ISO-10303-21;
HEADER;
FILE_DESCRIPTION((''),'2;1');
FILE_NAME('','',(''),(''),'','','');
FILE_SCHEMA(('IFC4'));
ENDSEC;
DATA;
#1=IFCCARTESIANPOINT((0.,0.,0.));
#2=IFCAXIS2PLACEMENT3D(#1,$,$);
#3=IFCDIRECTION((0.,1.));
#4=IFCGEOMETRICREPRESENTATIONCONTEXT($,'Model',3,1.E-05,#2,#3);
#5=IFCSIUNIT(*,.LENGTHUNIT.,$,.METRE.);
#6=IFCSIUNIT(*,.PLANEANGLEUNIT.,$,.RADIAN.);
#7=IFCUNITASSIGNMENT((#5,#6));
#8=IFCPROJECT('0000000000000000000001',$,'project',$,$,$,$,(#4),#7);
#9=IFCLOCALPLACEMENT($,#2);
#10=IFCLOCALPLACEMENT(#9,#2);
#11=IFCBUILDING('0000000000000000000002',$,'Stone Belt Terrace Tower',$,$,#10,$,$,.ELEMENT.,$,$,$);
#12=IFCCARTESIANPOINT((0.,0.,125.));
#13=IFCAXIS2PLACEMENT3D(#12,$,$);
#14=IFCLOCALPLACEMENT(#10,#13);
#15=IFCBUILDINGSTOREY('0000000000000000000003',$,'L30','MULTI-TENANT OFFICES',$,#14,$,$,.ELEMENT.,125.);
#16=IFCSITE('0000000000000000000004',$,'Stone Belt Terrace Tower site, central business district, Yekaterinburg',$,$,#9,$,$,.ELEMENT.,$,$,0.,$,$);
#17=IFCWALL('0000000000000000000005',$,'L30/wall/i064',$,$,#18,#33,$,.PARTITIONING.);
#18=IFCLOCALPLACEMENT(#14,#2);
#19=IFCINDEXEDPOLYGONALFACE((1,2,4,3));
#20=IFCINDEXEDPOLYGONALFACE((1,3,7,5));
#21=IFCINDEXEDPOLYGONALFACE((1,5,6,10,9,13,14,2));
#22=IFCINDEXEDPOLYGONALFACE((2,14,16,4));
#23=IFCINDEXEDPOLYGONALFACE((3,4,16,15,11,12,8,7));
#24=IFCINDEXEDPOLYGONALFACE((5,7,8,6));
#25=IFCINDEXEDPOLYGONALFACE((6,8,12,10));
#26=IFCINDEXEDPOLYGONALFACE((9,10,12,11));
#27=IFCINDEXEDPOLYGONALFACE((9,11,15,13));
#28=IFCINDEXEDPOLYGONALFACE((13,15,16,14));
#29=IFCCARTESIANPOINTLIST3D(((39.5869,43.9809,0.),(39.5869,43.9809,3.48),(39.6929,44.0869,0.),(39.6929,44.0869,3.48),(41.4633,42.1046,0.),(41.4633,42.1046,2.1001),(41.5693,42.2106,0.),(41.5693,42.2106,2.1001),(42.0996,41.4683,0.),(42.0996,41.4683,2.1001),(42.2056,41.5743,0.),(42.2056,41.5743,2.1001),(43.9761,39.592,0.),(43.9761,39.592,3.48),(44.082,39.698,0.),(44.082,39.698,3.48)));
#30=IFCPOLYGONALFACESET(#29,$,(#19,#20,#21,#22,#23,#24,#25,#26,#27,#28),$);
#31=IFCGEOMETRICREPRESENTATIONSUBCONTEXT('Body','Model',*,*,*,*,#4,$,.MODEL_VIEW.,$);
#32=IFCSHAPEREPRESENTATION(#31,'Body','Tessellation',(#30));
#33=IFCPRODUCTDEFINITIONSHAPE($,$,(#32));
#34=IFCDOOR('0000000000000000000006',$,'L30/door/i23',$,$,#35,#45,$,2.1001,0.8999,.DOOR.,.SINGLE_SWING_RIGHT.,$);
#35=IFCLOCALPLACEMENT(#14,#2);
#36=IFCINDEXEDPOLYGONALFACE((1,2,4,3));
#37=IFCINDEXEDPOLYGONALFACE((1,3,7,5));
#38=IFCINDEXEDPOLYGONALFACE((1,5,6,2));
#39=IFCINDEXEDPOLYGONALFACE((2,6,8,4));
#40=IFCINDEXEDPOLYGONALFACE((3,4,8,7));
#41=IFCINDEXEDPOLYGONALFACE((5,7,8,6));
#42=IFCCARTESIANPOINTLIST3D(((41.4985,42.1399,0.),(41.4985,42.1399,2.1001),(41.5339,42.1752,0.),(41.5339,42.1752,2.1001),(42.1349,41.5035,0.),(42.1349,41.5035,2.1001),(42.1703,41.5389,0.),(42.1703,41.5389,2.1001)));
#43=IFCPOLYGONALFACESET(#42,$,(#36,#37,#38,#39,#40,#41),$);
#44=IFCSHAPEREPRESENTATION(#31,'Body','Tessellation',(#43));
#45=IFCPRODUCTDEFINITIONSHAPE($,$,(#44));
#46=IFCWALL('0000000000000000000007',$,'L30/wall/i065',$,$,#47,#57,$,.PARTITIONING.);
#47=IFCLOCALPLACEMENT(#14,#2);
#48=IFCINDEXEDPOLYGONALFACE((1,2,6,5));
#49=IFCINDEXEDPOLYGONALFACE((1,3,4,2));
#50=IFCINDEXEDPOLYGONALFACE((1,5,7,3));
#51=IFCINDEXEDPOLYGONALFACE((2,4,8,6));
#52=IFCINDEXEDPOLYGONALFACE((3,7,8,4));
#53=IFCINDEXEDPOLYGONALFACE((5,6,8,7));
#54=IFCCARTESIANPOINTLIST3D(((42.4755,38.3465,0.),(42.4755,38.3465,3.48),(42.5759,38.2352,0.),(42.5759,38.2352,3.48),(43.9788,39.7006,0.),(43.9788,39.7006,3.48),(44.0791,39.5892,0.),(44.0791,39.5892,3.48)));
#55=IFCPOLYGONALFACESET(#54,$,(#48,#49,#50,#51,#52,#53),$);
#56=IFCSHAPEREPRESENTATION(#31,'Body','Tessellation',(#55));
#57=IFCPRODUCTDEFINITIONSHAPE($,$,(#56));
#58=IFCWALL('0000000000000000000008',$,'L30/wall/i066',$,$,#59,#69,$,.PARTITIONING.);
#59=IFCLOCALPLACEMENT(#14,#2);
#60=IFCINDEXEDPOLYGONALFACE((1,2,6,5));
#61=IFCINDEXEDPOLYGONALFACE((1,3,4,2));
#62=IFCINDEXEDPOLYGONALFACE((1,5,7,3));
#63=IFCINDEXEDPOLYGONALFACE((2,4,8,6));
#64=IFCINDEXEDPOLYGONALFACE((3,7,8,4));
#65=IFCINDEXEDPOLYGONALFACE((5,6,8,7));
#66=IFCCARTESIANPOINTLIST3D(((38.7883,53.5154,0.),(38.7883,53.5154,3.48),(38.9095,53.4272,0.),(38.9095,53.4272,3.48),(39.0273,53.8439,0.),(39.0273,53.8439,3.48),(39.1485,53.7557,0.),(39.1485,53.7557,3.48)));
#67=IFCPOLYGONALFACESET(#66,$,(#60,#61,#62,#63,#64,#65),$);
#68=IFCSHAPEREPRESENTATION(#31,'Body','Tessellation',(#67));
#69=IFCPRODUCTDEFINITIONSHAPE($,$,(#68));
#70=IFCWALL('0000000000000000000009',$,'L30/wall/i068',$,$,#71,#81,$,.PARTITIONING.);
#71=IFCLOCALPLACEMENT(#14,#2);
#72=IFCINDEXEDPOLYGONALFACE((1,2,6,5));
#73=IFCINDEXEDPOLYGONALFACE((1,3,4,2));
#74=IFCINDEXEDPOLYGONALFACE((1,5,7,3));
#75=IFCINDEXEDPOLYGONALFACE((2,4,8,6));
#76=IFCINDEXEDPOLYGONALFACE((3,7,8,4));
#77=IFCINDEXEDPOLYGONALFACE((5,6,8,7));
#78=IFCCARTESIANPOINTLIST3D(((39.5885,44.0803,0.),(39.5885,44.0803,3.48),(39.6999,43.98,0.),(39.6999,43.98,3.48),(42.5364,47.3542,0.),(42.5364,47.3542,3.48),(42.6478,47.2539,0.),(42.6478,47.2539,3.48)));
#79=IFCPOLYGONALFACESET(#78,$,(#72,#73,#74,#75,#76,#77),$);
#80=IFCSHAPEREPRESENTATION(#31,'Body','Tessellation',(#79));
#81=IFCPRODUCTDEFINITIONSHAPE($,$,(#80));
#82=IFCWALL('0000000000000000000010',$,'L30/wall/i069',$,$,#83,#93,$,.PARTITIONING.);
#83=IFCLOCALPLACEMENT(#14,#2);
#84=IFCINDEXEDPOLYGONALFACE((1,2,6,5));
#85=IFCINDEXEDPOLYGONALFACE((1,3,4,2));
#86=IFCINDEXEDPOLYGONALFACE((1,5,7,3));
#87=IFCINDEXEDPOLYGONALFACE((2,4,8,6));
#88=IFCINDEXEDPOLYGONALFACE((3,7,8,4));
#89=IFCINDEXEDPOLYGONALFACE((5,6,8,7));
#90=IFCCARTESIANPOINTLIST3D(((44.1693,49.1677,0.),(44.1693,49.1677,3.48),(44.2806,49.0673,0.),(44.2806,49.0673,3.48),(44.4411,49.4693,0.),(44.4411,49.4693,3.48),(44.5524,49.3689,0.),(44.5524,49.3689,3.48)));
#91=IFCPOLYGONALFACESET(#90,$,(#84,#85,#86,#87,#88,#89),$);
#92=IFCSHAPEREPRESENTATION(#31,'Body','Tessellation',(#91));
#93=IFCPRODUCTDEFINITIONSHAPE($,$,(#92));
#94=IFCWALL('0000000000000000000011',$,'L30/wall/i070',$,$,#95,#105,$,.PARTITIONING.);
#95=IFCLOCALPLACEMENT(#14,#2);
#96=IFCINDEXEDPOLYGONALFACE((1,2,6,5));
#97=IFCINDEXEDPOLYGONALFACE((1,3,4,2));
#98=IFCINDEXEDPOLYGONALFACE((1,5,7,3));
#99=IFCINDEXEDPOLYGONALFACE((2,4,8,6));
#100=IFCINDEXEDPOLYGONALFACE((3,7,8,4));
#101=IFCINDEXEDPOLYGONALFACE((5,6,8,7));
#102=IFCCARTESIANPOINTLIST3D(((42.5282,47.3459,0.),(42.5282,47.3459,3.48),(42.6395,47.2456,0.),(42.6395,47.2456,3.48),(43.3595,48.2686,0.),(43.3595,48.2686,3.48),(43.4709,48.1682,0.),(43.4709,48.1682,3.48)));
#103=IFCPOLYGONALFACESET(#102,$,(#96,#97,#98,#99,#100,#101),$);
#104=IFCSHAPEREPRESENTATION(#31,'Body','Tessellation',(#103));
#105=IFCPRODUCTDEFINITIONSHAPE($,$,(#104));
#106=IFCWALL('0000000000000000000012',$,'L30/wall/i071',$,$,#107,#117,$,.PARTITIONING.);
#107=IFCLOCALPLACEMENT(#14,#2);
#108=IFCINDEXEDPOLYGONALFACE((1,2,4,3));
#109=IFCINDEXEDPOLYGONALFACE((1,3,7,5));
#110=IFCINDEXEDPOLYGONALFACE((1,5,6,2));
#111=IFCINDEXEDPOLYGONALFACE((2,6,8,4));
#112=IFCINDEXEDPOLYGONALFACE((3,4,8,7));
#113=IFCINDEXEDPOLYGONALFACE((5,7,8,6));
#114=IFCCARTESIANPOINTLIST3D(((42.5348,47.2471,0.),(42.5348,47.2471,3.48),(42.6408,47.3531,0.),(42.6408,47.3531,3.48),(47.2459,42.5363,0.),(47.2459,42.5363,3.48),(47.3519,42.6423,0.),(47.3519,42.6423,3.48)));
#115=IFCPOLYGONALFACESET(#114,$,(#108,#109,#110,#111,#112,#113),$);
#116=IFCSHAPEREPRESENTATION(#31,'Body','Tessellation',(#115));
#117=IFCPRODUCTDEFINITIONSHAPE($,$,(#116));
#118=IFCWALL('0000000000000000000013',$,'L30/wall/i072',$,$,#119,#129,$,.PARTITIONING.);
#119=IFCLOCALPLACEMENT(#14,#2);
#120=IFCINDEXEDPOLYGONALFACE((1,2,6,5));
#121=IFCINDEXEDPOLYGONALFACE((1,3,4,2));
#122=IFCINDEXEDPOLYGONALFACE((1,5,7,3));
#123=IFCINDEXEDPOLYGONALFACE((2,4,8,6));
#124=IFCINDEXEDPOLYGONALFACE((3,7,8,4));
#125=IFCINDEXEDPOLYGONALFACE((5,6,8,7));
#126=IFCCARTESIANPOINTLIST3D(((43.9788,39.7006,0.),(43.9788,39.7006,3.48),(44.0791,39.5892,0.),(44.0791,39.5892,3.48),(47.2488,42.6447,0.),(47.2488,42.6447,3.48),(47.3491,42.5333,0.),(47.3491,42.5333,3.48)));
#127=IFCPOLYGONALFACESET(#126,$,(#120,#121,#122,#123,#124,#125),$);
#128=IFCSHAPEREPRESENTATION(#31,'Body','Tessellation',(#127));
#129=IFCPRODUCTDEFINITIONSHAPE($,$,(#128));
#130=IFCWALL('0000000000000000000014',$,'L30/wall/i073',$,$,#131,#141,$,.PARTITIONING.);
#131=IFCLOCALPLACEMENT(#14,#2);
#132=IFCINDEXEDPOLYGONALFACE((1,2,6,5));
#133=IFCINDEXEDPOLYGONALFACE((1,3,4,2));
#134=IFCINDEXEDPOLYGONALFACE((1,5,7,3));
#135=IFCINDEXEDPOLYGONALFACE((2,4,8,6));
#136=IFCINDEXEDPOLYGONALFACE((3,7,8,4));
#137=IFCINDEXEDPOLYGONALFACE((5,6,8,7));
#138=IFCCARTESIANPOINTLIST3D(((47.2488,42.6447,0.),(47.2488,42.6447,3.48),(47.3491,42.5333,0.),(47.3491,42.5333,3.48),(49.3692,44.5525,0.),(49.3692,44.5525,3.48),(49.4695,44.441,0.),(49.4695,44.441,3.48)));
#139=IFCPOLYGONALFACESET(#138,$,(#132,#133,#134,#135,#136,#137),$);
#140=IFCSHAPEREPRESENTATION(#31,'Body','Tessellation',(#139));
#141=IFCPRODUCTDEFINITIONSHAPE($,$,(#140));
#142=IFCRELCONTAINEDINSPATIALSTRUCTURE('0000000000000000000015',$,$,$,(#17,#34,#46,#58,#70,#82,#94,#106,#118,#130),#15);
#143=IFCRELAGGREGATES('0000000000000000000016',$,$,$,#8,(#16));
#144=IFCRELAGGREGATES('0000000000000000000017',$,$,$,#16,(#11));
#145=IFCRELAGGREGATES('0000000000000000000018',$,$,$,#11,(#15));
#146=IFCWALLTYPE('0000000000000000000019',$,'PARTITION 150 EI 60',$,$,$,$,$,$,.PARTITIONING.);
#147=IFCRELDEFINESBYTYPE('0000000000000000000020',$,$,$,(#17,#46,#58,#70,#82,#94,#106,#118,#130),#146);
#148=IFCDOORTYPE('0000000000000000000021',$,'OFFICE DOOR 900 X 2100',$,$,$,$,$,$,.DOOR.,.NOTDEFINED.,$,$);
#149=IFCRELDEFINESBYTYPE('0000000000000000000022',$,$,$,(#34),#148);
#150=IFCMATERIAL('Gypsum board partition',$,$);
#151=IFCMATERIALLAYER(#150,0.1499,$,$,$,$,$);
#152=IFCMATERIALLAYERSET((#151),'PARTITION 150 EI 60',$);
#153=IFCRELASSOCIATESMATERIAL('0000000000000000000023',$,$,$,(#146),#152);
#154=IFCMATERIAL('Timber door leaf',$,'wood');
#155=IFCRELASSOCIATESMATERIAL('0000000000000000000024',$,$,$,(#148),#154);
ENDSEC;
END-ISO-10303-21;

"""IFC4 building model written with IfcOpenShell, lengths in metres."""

from ifc_helpers import new_model, si_unit, direction, frame, frame_2d, origin, place, context, subcontext, project, spatial, rectangle, extrude, material, layer, layer_set, type_object, element, fill, save


model = new_model("IFC4")

# Units and contexts
model_context = context("Model", 3, precision=1e-05, world=origin(), true_north=direction((0.0, 1.0)))
body_context = subcontext(model_context, "Body", "Model", "MODEL_VIEW")
ifc_project = project(units=[si_unit("LENGTHUNIT", "METRE"), si_unit("PLANEANGLEUNIT", "RADIAN")], contexts=[model_context])

# Site, building, storey
site_placement = place(None, origin())
site = spatial("IfcSite", under=ifc_project, at=site_placement, Name="Stone Belt Terrace Tower site, central business district, Yekaterinburg", CompositionType="ELEMENT", RefElevation=0.0)
building_placement = place(site_placement, origin())
building = spatial("IfcBuilding", under=site, at=building_placement, Name="Stone Belt Terrace Tower", CompositionType="ELEMENT")
storey_placement = place(building_placement, frame((0.0, 0.0, 125.0)))
storey = spatial("IfcBuildingStorey", under=building, at=storey_placement, Name="L30", Description="MULTI-TENANT OFFICES", CompositionType="ELEMENT", Elevation=125.0)

# Shared definitions
ifc_material_1 = material(Name="Gypsum board partition")
ifc_layer_1 = layer(ifc_material_1, 0.1499)
ifc_layer_set_1 = layer_set([ifc_layer_1], Name="PARTITION 150 EI 60")
wall_type_1 = type_object("IfcWallType", Name="PARTITION 150 EI 60", PredefinedType="PARTITIONING", material=ifc_layer_set_1)

# Wall, opening, door
wall_1_placement = place(storey_placement, frame((39.6399, 44.0339, 0.0), z_axis=(0.0, 0.0, 1.0), x_axis=(0.707126, -0.707087, 0.0)))
wall_1 = element("IfcWall", 1, at=wall_1_placement, inside=storey, type_object=wall_type_1, Name="L30/wall/i064", PredefinedType="PARTITIONING", context=body_context, shape_type="SweptSolid", body=[
    extrude(rectangle(XDim=6.207, YDim=0.1499, at=frame_2d((3.1035, 0.0))), origin(), (0.0, 0.0, 1.0), 3.48),
])
opening_placement = place(wall_1_placement, frame((2.6536, 0.0, 0.0)))
opening = element("IfcOpeningElement", 2, at=opening_placement, cuts=wall_1, PredefinedType="OPENING", context=body_context, shape_type="SweptSolid", body=[
    extrude(rectangle(XDim=0.8999, YDim=2.1001, at=frame_2d((0.45, 1.05))), frame((0.0, 0.085, 0.0), z_axis=(0.0, -1.0, 0.0), x_axis=(1.0, 0.0, 0.0)), (0.0, 0.0, 1.0), 0.1699),
])
ifc_material_2 = material(Name="Timber door leaf", Category="wood")
door_type = type_object("IfcDoorType", Name="OFFICE DOOR 900 X 2100", OperationType="NOTDEFINED", PredefinedType="DOOR", material=ifc_material_2)
door_placement = place(opening_placement, origin())
door = element("IfcDoor", 3, at=door_placement, inside=storey, type_object=door_type, Name="L30/door/i23", OperationType="SINGLE_SWING_RIGHT", OverallHeight=2.1001, OverallWidth=0.8999, PredefinedType="DOOR", context=body_context, shape_type="SweptSolid", body=[
    extrude(rectangle(XDim=0.8999, YDim=2.1001, at=frame_2d((0.45, 1.05))), frame((0.0, 0.0249, 0.0), z_axis=(0.0, -1.0, 0.0), x_axis=(1.0, 0.0, 0.0)), (0.0, 0.0, 1.0), 0.05),
])
fill(opening, door)

# Walls
wall_2_placement = place(storey_placement, frame((44.0291, 39.645, 0.0), z_axis=(0.0, 0.0, 1.0), x_axis=(-0.743012, -0.669278, 0.0)))
element("IfcWall", 4, at=wall_2_placement, inside=storey, type_object=wall_type_1, Name="L30/wall/i065", PredefinedType="PARTITIONING", context=body_context, shape_type="SweptSolid", body=[
    extrude(rectangle(XDim=2.0232, YDim=0.1499, at=frame_2d((1.0117, 0.0))), origin(), (0.0, 0.0, 1.0), 3.48),
])
wall_3_placement = place(storey_placement, frame((39.0879, 53.7998, 0.0), z_axis=(0.0, 0.0, 1.0), x_axis=(-0.588207, -0.80871, 0.0)))
element("IfcWall", 5, at=wall_3_placement, inside=storey, type_object=wall_type_1, Name="L30/wall/i066", PredefinedType="PARTITIONING", context=body_context, shape_type="SweptSolid", body=[
    extrude(rectangle(XDim=0.4062, YDim=0.1499, at=frame_2d((0.2031, 0.0))), origin(), (0.0, 0.0, 1.0), 3.48),
])
wall_4_placement = place(storey_placement, frame((42.592, 47.304, 0.0), z_axis=(0.0, 0.0, 1.0), x_axis=(-0.669148, -0.743129, 0.0)))
element("IfcWall", 6, at=wall_4_placement, inside=storey, type_object=wall_type_1, Name="L30/wall/i068", PredefinedType="PARTITIONING", context=body_context, shape_type="SweptSolid", body=[
    extrude(rectangle(XDim=4.4055, YDim=0.1499, at=frame_2d((2.2026, 0.0))), origin(), (0.0, 0.0, 1.0), 3.48),
])
wall_5_placement = place(storey_placement, frame((44.4968, 49.4192, 0.0), z_axis=(0.0, 0.0, 1.0), x_axis=(-0.669463, -0.742845, 0.0)))
element("IfcWall", 7, at=wall_5_placement, inside=storey, type_object=wall_type_1, Name="L30/wall/i069", PredefinedType="PARTITIONING", context=body_context, shape_type="SweptSolid", body=[
    extrude(rectangle(XDim=0.406, YDim=0.1499, at=frame_2d((0.2031, 0.0))), origin(), (0.0, 0.0, 1.0), 3.48),
])
wall_6_placement = place(storey_placement, frame((43.4153, 48.2185, 0.0), z_axis=(0.0, 0.0, 1.0), x_axis=(-0.669388, -0.742913, 0.0)))
element("IfcWall", 8, at=wall_6_placement, inside=storey, type_object=wall_type_1, Name="L30/wall/i070", PredefinedType="PARTITIONING", context=body_context, shape_type="SweptSolid", body=[
    extrude(rectangle(XDim=1.2419, YDim=0.1499, at=frame_2d((0.6211, 0.0))), origin(), (0.0, 0.0, 1.0), 3.48),
])
wall_7_placement = place(storey_placement, frame((42.5879, 47.3, 0.0), z_axis=(0.0, 0.0, 1.0), x_axis=(0.707125, -0.707088, 0.0)))
element("IfcWall", 9, at=wall_7_placement, inside=storey, type_object=wall_type_1, Name="L30/wall/i071", PredefinedType="PARTITIONING", context=body_context, shape_type="SweptSolid", body=[
    extrude(rectangle(XDim=6.6624, YDim=0.1499, at=frame_2d((3.3311, 0.0))), origin(), (0.0, 0.0, 1.0), 3.48),
])
wall_8_placement = place(storey_placement, frame((47.2991, 42.5891, 0.0), z_axis=(0.0, 0.0, 1.0), x_axis=(-0.743173, -0.6691, 0.0)))
element("IfcWall", 10, at=wall_8_placement, inside=storey, type_object=wall_type_1, Name="L30/wall/i072", PredefinedType="PARTITIONING", context=body_context, shape_type="SweptSolid", body=[
    extrude(rectangle(XDim=4.4001, YDim=0.1499, at=frame_2d((2.2002, 0.0))), origin(), (0.0, 0.0, 1.0), 3.48),
])
wall_9_placement = place(storey_placement, frame((49.4194, 44.4968, 0.0), z_axis=(0.0, 0.0, 1.0), x_axis=(-0.743401, -0.668846, 0.0)))
element("IfcWall", 11, at=wall_9_placement, inside=storey, type_object=wall_type_1, Name="L30/wall/i073", PredefinedType="PARTITIONING", context=body_context, shape_type="SweptSolid", body=[
    extrude(rectangle(XDim=2.8523, YDim=0.1499, at=frame_2d((1.4263, 0.0))), origin(), (0.0, 0.0, 1.0), 3.48),
])

save(model, "model.ifc")
